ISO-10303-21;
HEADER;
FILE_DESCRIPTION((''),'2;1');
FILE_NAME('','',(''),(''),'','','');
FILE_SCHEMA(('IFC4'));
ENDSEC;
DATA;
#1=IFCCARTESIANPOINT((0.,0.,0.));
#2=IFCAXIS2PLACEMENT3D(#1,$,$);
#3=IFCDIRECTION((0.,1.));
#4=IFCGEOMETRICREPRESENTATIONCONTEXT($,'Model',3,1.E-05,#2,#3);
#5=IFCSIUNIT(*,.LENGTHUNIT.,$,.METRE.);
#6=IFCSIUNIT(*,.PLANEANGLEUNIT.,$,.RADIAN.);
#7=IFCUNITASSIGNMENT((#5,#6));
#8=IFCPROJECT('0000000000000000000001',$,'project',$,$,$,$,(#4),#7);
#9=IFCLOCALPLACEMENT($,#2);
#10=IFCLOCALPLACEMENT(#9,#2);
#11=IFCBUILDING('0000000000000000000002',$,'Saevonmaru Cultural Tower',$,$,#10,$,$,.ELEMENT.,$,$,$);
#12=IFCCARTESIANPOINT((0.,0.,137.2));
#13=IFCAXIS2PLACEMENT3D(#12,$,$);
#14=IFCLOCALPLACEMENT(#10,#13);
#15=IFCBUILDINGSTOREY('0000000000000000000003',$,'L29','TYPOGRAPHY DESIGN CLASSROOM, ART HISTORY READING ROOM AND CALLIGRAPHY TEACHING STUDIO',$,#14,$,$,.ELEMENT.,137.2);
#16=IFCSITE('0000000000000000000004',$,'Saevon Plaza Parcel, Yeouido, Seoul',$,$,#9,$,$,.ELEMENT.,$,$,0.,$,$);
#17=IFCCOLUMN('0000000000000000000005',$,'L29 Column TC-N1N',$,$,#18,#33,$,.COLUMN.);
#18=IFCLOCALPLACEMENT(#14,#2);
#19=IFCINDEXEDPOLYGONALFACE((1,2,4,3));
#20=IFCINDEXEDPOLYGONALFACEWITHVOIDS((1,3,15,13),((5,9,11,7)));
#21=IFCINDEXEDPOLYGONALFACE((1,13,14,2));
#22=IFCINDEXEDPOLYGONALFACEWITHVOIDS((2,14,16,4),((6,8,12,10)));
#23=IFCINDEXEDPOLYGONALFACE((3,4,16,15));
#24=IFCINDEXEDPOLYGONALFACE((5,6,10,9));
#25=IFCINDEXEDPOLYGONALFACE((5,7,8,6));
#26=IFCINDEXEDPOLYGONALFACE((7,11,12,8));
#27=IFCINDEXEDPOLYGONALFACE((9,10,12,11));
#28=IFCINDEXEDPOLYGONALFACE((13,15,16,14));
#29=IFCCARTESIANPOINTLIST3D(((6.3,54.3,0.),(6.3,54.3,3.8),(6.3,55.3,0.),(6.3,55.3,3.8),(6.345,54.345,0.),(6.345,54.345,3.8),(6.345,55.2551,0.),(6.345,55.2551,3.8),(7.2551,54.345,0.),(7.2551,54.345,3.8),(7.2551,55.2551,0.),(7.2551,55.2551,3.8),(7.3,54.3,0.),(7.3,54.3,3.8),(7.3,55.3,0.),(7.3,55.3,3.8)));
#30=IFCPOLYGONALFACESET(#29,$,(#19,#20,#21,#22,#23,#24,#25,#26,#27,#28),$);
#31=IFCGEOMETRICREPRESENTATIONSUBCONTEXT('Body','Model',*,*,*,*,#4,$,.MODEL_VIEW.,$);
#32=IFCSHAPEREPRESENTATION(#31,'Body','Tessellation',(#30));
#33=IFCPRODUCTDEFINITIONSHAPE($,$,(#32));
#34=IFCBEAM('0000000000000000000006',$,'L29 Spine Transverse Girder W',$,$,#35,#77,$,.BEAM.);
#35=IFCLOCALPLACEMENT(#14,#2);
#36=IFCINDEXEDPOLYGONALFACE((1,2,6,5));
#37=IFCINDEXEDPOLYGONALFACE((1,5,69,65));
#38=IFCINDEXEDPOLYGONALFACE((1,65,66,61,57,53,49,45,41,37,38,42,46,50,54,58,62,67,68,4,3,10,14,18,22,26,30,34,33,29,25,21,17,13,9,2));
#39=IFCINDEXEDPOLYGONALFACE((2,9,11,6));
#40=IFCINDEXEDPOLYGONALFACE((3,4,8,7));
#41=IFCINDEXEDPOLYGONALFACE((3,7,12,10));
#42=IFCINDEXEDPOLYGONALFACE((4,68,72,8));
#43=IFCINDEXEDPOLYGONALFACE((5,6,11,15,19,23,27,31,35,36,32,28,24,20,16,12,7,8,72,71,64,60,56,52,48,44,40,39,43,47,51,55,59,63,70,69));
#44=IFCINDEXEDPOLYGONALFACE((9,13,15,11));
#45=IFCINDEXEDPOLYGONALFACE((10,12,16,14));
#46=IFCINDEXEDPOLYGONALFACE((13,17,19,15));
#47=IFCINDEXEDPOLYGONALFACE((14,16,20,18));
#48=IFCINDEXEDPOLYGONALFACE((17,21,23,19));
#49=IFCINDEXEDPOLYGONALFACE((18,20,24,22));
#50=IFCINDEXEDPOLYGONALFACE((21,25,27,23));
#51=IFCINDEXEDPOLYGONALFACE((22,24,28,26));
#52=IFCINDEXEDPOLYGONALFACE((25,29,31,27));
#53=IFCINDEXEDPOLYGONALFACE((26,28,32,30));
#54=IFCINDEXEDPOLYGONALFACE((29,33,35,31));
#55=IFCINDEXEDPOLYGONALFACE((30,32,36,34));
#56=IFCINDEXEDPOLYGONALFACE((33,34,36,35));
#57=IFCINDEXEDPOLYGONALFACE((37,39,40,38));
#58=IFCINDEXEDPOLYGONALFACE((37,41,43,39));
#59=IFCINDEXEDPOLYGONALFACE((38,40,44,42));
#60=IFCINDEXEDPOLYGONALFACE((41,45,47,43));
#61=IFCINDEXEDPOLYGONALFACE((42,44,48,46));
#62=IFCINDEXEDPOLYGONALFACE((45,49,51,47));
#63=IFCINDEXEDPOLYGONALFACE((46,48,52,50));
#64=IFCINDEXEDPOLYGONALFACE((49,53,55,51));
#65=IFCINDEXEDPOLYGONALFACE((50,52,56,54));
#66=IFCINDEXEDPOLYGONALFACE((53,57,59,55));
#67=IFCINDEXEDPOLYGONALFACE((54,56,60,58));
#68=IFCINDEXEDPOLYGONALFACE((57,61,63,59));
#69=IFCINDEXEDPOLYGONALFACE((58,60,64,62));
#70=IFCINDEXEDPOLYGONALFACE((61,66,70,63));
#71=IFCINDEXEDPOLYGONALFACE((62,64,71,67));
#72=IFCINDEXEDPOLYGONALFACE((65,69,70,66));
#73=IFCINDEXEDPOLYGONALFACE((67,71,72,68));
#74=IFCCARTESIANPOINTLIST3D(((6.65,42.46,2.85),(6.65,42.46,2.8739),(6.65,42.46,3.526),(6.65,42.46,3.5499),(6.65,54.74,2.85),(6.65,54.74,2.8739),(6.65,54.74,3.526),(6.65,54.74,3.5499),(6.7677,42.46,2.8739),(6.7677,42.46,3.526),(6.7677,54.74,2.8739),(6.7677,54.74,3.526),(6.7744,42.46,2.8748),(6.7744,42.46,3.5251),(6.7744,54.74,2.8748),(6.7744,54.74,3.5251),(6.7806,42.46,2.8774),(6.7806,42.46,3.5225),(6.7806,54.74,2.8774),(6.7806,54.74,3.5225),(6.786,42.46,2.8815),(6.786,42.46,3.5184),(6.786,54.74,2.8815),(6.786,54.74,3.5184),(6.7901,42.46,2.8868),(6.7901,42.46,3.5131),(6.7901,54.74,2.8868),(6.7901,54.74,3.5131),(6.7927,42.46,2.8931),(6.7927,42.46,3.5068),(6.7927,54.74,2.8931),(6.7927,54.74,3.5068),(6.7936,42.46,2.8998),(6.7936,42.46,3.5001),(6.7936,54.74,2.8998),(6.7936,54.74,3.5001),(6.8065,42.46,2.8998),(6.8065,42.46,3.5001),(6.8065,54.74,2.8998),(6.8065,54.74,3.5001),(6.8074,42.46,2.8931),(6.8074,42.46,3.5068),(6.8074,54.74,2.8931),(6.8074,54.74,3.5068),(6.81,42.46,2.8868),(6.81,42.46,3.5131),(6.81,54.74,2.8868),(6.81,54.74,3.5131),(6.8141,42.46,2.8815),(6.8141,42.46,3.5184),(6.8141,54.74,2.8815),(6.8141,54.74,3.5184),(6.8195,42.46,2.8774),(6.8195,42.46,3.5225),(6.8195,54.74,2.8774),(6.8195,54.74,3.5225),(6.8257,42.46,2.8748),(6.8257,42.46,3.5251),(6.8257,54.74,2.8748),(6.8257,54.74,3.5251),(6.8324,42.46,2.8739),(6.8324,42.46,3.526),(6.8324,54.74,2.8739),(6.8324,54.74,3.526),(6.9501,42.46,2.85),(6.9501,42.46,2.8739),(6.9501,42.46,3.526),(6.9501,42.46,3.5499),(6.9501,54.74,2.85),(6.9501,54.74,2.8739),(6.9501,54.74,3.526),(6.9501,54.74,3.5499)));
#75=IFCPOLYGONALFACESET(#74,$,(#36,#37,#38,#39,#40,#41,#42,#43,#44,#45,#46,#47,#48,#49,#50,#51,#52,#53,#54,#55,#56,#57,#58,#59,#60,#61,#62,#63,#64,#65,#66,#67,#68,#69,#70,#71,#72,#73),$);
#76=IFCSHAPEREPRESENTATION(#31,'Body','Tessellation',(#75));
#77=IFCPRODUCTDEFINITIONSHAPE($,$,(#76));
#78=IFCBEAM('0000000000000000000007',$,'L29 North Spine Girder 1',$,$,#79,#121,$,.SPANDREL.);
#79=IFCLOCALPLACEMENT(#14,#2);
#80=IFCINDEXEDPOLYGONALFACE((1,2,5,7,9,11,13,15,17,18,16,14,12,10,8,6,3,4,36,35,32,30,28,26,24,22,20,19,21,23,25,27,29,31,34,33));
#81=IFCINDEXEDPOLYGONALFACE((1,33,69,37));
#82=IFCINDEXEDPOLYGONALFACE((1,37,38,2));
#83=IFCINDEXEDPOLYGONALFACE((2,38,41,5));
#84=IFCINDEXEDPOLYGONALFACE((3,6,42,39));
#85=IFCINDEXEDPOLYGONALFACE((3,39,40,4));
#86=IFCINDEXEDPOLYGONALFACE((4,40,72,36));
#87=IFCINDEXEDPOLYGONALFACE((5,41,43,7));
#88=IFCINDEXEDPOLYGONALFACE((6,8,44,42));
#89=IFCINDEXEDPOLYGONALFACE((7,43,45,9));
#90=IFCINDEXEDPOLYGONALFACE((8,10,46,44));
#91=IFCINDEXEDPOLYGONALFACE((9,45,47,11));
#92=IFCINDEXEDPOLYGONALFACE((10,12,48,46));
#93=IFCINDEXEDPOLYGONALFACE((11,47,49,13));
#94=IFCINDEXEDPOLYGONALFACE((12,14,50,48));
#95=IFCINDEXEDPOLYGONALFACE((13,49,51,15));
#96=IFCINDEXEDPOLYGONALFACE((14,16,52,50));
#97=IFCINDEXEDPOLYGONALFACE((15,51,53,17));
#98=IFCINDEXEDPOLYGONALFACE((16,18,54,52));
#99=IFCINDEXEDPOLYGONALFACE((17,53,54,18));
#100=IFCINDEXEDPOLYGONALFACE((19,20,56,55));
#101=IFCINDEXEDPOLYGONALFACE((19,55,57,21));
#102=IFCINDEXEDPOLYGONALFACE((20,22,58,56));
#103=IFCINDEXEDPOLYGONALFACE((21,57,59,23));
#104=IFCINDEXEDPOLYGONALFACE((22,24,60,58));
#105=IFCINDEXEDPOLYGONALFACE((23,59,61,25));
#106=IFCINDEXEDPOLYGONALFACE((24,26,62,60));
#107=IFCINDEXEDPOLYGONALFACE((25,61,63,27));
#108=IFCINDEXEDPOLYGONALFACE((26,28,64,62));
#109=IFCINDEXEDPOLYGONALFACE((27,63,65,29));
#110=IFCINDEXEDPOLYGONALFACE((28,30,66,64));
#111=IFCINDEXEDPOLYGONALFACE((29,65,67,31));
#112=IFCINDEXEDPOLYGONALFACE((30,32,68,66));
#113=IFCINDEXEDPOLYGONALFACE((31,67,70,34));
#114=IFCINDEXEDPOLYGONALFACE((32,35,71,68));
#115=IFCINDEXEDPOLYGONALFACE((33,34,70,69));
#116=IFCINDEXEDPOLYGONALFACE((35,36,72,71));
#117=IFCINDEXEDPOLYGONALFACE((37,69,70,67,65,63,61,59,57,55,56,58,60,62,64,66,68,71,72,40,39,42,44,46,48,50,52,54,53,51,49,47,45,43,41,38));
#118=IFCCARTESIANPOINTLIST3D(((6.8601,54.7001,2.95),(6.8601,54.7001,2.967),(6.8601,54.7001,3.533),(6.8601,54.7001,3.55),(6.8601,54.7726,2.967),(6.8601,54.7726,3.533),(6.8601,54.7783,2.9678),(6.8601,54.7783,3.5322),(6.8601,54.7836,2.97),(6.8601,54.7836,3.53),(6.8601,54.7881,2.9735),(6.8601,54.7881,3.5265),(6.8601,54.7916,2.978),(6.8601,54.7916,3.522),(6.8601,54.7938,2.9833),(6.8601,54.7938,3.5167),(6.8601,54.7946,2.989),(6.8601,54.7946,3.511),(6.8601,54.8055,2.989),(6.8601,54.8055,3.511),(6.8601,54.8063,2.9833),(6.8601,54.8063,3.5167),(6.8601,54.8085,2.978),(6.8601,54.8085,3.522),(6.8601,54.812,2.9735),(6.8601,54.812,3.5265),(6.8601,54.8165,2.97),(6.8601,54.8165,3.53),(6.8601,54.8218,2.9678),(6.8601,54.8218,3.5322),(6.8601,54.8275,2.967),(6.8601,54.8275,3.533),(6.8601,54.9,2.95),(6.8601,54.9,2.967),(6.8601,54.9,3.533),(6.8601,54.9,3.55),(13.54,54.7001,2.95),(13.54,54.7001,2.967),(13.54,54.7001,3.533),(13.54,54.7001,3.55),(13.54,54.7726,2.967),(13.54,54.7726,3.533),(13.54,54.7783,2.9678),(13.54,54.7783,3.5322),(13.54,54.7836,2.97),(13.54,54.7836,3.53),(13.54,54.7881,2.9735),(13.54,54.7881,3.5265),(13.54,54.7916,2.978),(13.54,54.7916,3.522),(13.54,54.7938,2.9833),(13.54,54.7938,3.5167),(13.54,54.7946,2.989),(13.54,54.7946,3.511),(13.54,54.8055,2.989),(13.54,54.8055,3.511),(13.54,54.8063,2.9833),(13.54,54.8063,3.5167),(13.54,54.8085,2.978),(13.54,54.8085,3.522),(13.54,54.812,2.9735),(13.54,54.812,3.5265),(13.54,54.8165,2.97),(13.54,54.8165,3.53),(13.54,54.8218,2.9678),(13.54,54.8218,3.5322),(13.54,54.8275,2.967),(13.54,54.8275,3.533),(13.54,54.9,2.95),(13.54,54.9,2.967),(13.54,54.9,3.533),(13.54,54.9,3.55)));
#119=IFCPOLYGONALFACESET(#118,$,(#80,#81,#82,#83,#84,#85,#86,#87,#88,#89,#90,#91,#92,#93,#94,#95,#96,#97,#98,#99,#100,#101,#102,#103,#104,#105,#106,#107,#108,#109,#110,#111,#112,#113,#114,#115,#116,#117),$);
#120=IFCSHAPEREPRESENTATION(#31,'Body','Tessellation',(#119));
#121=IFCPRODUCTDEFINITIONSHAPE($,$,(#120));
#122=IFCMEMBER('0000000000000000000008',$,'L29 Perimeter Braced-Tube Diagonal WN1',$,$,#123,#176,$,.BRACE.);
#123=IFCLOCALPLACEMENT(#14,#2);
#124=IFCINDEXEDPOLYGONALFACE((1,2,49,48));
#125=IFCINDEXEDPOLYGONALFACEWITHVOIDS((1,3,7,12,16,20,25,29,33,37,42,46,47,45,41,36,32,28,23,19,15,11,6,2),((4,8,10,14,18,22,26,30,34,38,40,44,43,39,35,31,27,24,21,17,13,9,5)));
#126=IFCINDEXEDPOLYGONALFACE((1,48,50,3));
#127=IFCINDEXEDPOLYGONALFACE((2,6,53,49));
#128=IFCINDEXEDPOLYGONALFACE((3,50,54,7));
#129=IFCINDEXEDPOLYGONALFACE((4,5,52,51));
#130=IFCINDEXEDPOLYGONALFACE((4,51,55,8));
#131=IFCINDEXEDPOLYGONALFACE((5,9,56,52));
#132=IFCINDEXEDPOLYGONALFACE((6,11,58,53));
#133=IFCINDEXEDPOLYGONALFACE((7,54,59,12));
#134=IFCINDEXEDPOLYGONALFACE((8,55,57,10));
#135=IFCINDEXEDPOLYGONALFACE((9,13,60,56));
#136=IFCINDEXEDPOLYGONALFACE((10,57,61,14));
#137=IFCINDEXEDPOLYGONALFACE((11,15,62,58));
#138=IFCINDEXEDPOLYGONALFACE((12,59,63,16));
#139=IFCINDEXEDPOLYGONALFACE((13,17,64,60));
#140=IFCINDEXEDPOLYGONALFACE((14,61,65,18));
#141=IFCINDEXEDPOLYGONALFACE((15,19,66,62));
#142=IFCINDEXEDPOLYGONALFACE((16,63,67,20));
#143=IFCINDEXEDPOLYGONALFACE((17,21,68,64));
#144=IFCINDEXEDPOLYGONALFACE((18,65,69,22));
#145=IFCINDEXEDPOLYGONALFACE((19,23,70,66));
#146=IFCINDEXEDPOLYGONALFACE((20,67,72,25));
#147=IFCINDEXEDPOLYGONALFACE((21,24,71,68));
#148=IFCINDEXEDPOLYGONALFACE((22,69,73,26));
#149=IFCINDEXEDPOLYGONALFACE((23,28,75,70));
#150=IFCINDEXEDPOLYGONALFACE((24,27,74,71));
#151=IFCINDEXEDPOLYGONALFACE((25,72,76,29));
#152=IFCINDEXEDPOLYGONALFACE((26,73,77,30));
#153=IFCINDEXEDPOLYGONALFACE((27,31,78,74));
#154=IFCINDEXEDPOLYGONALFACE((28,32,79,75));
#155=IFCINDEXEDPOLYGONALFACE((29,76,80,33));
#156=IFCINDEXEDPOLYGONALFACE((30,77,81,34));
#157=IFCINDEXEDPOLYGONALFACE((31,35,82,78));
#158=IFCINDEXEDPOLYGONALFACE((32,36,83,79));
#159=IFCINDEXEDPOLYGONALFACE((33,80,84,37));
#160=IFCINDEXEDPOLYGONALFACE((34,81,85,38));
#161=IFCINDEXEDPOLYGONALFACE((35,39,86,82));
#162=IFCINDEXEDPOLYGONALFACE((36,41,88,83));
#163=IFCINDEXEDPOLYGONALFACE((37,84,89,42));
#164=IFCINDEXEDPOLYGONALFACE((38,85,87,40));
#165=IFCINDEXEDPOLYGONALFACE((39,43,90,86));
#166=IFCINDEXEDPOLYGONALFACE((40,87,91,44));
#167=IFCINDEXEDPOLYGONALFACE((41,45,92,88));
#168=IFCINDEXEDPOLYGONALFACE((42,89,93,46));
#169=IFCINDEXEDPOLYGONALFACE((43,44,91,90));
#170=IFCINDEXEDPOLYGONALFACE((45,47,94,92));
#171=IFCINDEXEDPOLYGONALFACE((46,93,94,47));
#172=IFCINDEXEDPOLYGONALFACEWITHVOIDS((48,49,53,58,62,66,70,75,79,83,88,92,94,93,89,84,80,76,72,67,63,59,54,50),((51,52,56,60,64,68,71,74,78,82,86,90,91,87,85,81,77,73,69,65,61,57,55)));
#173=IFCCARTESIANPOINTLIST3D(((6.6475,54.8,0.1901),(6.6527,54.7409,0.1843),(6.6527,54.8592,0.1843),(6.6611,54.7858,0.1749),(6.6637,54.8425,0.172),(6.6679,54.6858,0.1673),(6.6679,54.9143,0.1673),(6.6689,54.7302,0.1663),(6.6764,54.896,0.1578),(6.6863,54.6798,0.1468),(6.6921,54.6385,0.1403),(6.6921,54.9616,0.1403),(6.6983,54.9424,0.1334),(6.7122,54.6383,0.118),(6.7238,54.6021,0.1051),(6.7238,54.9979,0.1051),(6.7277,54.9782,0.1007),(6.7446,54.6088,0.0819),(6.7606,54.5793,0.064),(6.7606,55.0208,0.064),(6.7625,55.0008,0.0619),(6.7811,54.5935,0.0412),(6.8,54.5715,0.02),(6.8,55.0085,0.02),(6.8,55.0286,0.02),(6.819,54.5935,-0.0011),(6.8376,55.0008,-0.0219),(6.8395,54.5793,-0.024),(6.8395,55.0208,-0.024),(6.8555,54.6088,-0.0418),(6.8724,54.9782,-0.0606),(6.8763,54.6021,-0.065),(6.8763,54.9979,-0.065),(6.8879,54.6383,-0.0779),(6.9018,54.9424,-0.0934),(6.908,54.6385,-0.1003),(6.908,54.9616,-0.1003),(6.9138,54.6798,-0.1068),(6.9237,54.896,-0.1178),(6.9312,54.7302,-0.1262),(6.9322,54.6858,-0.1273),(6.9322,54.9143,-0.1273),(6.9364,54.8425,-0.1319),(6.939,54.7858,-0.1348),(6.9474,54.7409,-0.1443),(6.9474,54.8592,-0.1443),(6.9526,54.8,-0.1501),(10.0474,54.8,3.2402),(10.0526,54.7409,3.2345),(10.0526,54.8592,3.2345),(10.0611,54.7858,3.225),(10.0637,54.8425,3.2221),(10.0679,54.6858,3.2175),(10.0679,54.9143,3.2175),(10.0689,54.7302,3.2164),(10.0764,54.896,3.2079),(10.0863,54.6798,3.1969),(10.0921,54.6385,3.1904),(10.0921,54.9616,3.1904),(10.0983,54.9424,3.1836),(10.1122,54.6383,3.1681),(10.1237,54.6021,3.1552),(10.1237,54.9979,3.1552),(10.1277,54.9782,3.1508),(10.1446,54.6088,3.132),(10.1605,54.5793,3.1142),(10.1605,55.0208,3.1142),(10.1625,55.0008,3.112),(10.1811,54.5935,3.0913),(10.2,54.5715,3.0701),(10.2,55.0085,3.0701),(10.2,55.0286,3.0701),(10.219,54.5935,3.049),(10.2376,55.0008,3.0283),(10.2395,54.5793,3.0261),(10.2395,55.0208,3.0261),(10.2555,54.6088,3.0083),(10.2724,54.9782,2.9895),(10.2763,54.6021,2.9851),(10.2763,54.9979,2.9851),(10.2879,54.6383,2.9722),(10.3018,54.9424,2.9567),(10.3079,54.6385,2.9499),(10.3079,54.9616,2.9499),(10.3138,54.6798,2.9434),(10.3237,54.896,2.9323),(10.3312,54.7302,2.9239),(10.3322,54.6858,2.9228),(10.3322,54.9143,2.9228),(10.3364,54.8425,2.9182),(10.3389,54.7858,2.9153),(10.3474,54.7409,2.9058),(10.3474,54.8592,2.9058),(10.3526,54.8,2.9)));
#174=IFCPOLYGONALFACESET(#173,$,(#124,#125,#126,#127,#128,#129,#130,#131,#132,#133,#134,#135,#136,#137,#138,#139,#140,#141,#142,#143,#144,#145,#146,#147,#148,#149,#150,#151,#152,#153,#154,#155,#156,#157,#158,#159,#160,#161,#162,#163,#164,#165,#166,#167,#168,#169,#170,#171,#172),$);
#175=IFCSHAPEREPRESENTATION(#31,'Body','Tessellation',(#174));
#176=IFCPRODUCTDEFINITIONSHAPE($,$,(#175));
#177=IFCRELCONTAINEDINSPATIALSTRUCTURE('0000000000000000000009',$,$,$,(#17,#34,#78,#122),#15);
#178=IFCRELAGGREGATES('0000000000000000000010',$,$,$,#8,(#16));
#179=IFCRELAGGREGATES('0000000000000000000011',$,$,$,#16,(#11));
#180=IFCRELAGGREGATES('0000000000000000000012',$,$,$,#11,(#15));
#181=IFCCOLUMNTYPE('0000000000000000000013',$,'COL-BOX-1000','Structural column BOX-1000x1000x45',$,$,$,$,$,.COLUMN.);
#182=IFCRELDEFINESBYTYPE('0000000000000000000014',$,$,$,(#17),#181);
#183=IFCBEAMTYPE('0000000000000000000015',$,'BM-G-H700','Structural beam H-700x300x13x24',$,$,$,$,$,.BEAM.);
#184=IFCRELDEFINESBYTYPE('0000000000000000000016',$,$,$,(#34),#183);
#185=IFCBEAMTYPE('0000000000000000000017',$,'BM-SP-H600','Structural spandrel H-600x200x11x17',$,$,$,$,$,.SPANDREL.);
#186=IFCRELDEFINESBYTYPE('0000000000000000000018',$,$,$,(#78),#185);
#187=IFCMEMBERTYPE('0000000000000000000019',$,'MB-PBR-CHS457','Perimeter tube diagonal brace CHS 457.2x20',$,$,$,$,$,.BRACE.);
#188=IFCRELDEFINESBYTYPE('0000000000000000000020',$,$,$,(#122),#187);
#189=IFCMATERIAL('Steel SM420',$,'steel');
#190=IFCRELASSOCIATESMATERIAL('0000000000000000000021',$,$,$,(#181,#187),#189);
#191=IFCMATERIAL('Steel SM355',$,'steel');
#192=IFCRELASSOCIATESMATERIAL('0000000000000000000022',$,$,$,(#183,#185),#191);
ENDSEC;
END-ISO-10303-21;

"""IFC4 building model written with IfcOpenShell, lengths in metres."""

from ifc_helpers import new_model, si_unit, direction, frame, origin, origin_2d, place, context, subcontext, project, spatial, hollow_rectangle, hollow_circle, i_section, extrude, material, material_profile, profile_set, type_object, element, save


model = new_model("IFC4")

# Units and contexts
model_context = context("Model", 3, precision=1e-05, world=origin(), true_north=direction((0.0, 1.0)))
body_context = subcontext(model_context, "Body", "Model", "MODEL_VIEW")
ifc_project = project(units=[si_unit("LENGTHUNIT", "METRE"), si_unit("PLANEANGLEUNIT", "RADIAN")], contexts=[model_context])

# Site, building, storey
site_placement = place(None, origin())
site = spatial("IfcSite", under=ifc_project, at=site_placement, Name="Saevon Plaza Parcel, Yeouido, Seoul", CompositionType="ELEMENT", RefElevation=0.0)
building_placement = place(site_placement, origin())
building = spatial("IfcBuilding", under=site, at=building_placement, Name="Saevonmaru Cultural Tower", CompositionType="ELEMENT")
storey_placement = place(building_placement, frame((0.0, 0.0, 137.2)))
storey = spatial("IfcBuildingStorey", under=building, at=storey_placement, Name="L29", Description="TYPOGRAPHY DESIGN CLASSROOM, ART HISTORY READING ROOM AND CALLIGRAPHY TEACHING STUDIO", CompositionType="ELEMENT", Elevation=137.2)

# Column
ifc_material_1 = material(Name="Steel SM420", Category="steel")
ifc_material_profile_1 = material_profile(ifc_material_1, hollow_rectangle(XDim=1.0, YDim=1.0, WallThickness=0.0449, at=origin_2d()), Name="BOX-1000x1000x45")
ifc_profile_set_1 = profile_set([ifc_material_profile_1], Name="Steel SM420")
column_type = type_object("IfcColumnType", Name="COL-BOX-1000", Description="Structural column BOX-1000x1000x45", PredefinedType="COLUMN", material=ifc_profile_set_1)
column_placement = place(storey_placement, frame((6.8, 54.8, 0.0), z_axis=(0.0, 0.0, 1.0), x_axis=(1.0, 0.0, 0.0)))
element("IfcColumn", 1, at=column_placement, inside=storey, type_object=column_type, Name="L29 Column TC-N1N", PredefinedType="COLUMN", context=body_context, shape_type="SweptSolid", body=[
    extrude(hollow_rectangle(XDim=1.0, YDim=1.0, WallThickness=0.0449, at=origin_2d()), origin(), (0.0, 0.0, 1.0), 3.8),
])

# Beams
ifc_material_2 = material(Name="Steel SM355", Category="steel")
ifc_material_profile_2 = material_profile(ifc_material_2, i_section(OverallWidth=0.3, OverallDepth=0.7, WebThickness=0.0129, FlangeThickness=0.0239, FilletRadius=0.0259, at=origin_2d()), Name="H-700x300x13x24")
ifc_profile_set_2 = profile_set([ifc_material_profile_2], Name="Steel SM355")
beam_type_1 = type_object("IfcBeamType", Name="BM-G-H700", Description="Structural beam H-700x300x13x24", PredefinedType="BEAM", material=ifc_profile_set_2)
beam_1_placement = place(storey_placement, frame((6.8, 54.74, 3.2), z_axis=(0.0, -1.0, 0.0), x_axis=(1.0, 0.0, 0.0)))
element("IfcBeam", 2, at=beam_1_placement, inside=storey, type_object=beam_type_1, Name="L29 Spine Transverse Girder W", PredefinedType="BEAM", context=body_context, shape_type="SweptSolid", body=[
    extrude(i_section(OverallWidth=0.3, OverallDepth=0.7, WebThickness=0.0129, FlangeThickness=0.0239, FilletRadius=0.0259, at=origin_2d()), origin(), (0.0, 0.0, 1.0), 12.28),
])
ifc_material_profile_3 = material_profile(ifc_material_2, i_section(OverallWidth=0.2, OverallDepth=0.6001, WebThickness=0.011, FlangeThickness=0.0171, FilletRadius=0.022, at=origin_2d()), Name="H-600x200x11x17")
ifc_profile_set_3 = profile_set([ifc_material_profile_3], Name="Steel SM355")
beam_type_2 = type_object("IfcBeamType", Name="BM-SP-H600", Description="Structural spandrel H-600x200x11x17", PredefinedType="SPANDREL", material=ifc_profile_set_3)
beam_2_placement = place(storey_placement, frame((6.8601, 54.8, 3.25), z_axis=(1.0, 0.0, 0.0), x_axis=(0.0, 1.0, 0.0)))
element("IfcBeam", 3, at=beam_2_placement, inside=storey, type_object=beam_type_2, Name="L29 North Spine Girder 1", PredefinedType="SPANDREL", context=body_context, shape_type="SweptSolid", body=[
    extrude(i_section(OverallWidth=0.2, OverallDepth=0.6001, WebThickness=0.011, FlangeThickness=0.0171, FilletRadius=0.022, at=origin_2d()), origin(), (0.0, 0.0, 1.0), 6.6799),
])

# Member
ifc_material_profile_4 = material_profile(ifc_material_1, hollow_circle(Radius=0.2285, WallThickness=0.02, at=origin_2d()), Name="CHS-457.2x20")
ifc_profile_set_4 = profile_set([ifc_material_profile_4], Name="Steel SM420")
member_type_1 = type_object("IfcMemberType", Name="MB-PBR-CHS457", Description="Perimeter tube diagonal brace CHS 457.2x20", PredefinedType="BRACE", material=ifc_profile_set_4)
member_1_placement = place(storey_placement, frame((6.8, 54.8, 0.02), z_axis=(0.744367, 0.0, 0.667771), x_axis=(0.0, 1.0, 0.0)))
element("IfcMember", 4, at=member_1_placement, inside=storey, type_object=member_type_1, Name="L29 Perimeter Braced-Tube Diagonal WN1", PredefinedType="BRACE", context=body_context, shape_type="SweptSolid", body=[
    extrude(hollow_circle(Radius=0.2285, WallThickness=0.02, at=origin_2d()), origin(), (0.0, 0.0, 1.0), 4.5676),
])

save(model, "model.ifc")
